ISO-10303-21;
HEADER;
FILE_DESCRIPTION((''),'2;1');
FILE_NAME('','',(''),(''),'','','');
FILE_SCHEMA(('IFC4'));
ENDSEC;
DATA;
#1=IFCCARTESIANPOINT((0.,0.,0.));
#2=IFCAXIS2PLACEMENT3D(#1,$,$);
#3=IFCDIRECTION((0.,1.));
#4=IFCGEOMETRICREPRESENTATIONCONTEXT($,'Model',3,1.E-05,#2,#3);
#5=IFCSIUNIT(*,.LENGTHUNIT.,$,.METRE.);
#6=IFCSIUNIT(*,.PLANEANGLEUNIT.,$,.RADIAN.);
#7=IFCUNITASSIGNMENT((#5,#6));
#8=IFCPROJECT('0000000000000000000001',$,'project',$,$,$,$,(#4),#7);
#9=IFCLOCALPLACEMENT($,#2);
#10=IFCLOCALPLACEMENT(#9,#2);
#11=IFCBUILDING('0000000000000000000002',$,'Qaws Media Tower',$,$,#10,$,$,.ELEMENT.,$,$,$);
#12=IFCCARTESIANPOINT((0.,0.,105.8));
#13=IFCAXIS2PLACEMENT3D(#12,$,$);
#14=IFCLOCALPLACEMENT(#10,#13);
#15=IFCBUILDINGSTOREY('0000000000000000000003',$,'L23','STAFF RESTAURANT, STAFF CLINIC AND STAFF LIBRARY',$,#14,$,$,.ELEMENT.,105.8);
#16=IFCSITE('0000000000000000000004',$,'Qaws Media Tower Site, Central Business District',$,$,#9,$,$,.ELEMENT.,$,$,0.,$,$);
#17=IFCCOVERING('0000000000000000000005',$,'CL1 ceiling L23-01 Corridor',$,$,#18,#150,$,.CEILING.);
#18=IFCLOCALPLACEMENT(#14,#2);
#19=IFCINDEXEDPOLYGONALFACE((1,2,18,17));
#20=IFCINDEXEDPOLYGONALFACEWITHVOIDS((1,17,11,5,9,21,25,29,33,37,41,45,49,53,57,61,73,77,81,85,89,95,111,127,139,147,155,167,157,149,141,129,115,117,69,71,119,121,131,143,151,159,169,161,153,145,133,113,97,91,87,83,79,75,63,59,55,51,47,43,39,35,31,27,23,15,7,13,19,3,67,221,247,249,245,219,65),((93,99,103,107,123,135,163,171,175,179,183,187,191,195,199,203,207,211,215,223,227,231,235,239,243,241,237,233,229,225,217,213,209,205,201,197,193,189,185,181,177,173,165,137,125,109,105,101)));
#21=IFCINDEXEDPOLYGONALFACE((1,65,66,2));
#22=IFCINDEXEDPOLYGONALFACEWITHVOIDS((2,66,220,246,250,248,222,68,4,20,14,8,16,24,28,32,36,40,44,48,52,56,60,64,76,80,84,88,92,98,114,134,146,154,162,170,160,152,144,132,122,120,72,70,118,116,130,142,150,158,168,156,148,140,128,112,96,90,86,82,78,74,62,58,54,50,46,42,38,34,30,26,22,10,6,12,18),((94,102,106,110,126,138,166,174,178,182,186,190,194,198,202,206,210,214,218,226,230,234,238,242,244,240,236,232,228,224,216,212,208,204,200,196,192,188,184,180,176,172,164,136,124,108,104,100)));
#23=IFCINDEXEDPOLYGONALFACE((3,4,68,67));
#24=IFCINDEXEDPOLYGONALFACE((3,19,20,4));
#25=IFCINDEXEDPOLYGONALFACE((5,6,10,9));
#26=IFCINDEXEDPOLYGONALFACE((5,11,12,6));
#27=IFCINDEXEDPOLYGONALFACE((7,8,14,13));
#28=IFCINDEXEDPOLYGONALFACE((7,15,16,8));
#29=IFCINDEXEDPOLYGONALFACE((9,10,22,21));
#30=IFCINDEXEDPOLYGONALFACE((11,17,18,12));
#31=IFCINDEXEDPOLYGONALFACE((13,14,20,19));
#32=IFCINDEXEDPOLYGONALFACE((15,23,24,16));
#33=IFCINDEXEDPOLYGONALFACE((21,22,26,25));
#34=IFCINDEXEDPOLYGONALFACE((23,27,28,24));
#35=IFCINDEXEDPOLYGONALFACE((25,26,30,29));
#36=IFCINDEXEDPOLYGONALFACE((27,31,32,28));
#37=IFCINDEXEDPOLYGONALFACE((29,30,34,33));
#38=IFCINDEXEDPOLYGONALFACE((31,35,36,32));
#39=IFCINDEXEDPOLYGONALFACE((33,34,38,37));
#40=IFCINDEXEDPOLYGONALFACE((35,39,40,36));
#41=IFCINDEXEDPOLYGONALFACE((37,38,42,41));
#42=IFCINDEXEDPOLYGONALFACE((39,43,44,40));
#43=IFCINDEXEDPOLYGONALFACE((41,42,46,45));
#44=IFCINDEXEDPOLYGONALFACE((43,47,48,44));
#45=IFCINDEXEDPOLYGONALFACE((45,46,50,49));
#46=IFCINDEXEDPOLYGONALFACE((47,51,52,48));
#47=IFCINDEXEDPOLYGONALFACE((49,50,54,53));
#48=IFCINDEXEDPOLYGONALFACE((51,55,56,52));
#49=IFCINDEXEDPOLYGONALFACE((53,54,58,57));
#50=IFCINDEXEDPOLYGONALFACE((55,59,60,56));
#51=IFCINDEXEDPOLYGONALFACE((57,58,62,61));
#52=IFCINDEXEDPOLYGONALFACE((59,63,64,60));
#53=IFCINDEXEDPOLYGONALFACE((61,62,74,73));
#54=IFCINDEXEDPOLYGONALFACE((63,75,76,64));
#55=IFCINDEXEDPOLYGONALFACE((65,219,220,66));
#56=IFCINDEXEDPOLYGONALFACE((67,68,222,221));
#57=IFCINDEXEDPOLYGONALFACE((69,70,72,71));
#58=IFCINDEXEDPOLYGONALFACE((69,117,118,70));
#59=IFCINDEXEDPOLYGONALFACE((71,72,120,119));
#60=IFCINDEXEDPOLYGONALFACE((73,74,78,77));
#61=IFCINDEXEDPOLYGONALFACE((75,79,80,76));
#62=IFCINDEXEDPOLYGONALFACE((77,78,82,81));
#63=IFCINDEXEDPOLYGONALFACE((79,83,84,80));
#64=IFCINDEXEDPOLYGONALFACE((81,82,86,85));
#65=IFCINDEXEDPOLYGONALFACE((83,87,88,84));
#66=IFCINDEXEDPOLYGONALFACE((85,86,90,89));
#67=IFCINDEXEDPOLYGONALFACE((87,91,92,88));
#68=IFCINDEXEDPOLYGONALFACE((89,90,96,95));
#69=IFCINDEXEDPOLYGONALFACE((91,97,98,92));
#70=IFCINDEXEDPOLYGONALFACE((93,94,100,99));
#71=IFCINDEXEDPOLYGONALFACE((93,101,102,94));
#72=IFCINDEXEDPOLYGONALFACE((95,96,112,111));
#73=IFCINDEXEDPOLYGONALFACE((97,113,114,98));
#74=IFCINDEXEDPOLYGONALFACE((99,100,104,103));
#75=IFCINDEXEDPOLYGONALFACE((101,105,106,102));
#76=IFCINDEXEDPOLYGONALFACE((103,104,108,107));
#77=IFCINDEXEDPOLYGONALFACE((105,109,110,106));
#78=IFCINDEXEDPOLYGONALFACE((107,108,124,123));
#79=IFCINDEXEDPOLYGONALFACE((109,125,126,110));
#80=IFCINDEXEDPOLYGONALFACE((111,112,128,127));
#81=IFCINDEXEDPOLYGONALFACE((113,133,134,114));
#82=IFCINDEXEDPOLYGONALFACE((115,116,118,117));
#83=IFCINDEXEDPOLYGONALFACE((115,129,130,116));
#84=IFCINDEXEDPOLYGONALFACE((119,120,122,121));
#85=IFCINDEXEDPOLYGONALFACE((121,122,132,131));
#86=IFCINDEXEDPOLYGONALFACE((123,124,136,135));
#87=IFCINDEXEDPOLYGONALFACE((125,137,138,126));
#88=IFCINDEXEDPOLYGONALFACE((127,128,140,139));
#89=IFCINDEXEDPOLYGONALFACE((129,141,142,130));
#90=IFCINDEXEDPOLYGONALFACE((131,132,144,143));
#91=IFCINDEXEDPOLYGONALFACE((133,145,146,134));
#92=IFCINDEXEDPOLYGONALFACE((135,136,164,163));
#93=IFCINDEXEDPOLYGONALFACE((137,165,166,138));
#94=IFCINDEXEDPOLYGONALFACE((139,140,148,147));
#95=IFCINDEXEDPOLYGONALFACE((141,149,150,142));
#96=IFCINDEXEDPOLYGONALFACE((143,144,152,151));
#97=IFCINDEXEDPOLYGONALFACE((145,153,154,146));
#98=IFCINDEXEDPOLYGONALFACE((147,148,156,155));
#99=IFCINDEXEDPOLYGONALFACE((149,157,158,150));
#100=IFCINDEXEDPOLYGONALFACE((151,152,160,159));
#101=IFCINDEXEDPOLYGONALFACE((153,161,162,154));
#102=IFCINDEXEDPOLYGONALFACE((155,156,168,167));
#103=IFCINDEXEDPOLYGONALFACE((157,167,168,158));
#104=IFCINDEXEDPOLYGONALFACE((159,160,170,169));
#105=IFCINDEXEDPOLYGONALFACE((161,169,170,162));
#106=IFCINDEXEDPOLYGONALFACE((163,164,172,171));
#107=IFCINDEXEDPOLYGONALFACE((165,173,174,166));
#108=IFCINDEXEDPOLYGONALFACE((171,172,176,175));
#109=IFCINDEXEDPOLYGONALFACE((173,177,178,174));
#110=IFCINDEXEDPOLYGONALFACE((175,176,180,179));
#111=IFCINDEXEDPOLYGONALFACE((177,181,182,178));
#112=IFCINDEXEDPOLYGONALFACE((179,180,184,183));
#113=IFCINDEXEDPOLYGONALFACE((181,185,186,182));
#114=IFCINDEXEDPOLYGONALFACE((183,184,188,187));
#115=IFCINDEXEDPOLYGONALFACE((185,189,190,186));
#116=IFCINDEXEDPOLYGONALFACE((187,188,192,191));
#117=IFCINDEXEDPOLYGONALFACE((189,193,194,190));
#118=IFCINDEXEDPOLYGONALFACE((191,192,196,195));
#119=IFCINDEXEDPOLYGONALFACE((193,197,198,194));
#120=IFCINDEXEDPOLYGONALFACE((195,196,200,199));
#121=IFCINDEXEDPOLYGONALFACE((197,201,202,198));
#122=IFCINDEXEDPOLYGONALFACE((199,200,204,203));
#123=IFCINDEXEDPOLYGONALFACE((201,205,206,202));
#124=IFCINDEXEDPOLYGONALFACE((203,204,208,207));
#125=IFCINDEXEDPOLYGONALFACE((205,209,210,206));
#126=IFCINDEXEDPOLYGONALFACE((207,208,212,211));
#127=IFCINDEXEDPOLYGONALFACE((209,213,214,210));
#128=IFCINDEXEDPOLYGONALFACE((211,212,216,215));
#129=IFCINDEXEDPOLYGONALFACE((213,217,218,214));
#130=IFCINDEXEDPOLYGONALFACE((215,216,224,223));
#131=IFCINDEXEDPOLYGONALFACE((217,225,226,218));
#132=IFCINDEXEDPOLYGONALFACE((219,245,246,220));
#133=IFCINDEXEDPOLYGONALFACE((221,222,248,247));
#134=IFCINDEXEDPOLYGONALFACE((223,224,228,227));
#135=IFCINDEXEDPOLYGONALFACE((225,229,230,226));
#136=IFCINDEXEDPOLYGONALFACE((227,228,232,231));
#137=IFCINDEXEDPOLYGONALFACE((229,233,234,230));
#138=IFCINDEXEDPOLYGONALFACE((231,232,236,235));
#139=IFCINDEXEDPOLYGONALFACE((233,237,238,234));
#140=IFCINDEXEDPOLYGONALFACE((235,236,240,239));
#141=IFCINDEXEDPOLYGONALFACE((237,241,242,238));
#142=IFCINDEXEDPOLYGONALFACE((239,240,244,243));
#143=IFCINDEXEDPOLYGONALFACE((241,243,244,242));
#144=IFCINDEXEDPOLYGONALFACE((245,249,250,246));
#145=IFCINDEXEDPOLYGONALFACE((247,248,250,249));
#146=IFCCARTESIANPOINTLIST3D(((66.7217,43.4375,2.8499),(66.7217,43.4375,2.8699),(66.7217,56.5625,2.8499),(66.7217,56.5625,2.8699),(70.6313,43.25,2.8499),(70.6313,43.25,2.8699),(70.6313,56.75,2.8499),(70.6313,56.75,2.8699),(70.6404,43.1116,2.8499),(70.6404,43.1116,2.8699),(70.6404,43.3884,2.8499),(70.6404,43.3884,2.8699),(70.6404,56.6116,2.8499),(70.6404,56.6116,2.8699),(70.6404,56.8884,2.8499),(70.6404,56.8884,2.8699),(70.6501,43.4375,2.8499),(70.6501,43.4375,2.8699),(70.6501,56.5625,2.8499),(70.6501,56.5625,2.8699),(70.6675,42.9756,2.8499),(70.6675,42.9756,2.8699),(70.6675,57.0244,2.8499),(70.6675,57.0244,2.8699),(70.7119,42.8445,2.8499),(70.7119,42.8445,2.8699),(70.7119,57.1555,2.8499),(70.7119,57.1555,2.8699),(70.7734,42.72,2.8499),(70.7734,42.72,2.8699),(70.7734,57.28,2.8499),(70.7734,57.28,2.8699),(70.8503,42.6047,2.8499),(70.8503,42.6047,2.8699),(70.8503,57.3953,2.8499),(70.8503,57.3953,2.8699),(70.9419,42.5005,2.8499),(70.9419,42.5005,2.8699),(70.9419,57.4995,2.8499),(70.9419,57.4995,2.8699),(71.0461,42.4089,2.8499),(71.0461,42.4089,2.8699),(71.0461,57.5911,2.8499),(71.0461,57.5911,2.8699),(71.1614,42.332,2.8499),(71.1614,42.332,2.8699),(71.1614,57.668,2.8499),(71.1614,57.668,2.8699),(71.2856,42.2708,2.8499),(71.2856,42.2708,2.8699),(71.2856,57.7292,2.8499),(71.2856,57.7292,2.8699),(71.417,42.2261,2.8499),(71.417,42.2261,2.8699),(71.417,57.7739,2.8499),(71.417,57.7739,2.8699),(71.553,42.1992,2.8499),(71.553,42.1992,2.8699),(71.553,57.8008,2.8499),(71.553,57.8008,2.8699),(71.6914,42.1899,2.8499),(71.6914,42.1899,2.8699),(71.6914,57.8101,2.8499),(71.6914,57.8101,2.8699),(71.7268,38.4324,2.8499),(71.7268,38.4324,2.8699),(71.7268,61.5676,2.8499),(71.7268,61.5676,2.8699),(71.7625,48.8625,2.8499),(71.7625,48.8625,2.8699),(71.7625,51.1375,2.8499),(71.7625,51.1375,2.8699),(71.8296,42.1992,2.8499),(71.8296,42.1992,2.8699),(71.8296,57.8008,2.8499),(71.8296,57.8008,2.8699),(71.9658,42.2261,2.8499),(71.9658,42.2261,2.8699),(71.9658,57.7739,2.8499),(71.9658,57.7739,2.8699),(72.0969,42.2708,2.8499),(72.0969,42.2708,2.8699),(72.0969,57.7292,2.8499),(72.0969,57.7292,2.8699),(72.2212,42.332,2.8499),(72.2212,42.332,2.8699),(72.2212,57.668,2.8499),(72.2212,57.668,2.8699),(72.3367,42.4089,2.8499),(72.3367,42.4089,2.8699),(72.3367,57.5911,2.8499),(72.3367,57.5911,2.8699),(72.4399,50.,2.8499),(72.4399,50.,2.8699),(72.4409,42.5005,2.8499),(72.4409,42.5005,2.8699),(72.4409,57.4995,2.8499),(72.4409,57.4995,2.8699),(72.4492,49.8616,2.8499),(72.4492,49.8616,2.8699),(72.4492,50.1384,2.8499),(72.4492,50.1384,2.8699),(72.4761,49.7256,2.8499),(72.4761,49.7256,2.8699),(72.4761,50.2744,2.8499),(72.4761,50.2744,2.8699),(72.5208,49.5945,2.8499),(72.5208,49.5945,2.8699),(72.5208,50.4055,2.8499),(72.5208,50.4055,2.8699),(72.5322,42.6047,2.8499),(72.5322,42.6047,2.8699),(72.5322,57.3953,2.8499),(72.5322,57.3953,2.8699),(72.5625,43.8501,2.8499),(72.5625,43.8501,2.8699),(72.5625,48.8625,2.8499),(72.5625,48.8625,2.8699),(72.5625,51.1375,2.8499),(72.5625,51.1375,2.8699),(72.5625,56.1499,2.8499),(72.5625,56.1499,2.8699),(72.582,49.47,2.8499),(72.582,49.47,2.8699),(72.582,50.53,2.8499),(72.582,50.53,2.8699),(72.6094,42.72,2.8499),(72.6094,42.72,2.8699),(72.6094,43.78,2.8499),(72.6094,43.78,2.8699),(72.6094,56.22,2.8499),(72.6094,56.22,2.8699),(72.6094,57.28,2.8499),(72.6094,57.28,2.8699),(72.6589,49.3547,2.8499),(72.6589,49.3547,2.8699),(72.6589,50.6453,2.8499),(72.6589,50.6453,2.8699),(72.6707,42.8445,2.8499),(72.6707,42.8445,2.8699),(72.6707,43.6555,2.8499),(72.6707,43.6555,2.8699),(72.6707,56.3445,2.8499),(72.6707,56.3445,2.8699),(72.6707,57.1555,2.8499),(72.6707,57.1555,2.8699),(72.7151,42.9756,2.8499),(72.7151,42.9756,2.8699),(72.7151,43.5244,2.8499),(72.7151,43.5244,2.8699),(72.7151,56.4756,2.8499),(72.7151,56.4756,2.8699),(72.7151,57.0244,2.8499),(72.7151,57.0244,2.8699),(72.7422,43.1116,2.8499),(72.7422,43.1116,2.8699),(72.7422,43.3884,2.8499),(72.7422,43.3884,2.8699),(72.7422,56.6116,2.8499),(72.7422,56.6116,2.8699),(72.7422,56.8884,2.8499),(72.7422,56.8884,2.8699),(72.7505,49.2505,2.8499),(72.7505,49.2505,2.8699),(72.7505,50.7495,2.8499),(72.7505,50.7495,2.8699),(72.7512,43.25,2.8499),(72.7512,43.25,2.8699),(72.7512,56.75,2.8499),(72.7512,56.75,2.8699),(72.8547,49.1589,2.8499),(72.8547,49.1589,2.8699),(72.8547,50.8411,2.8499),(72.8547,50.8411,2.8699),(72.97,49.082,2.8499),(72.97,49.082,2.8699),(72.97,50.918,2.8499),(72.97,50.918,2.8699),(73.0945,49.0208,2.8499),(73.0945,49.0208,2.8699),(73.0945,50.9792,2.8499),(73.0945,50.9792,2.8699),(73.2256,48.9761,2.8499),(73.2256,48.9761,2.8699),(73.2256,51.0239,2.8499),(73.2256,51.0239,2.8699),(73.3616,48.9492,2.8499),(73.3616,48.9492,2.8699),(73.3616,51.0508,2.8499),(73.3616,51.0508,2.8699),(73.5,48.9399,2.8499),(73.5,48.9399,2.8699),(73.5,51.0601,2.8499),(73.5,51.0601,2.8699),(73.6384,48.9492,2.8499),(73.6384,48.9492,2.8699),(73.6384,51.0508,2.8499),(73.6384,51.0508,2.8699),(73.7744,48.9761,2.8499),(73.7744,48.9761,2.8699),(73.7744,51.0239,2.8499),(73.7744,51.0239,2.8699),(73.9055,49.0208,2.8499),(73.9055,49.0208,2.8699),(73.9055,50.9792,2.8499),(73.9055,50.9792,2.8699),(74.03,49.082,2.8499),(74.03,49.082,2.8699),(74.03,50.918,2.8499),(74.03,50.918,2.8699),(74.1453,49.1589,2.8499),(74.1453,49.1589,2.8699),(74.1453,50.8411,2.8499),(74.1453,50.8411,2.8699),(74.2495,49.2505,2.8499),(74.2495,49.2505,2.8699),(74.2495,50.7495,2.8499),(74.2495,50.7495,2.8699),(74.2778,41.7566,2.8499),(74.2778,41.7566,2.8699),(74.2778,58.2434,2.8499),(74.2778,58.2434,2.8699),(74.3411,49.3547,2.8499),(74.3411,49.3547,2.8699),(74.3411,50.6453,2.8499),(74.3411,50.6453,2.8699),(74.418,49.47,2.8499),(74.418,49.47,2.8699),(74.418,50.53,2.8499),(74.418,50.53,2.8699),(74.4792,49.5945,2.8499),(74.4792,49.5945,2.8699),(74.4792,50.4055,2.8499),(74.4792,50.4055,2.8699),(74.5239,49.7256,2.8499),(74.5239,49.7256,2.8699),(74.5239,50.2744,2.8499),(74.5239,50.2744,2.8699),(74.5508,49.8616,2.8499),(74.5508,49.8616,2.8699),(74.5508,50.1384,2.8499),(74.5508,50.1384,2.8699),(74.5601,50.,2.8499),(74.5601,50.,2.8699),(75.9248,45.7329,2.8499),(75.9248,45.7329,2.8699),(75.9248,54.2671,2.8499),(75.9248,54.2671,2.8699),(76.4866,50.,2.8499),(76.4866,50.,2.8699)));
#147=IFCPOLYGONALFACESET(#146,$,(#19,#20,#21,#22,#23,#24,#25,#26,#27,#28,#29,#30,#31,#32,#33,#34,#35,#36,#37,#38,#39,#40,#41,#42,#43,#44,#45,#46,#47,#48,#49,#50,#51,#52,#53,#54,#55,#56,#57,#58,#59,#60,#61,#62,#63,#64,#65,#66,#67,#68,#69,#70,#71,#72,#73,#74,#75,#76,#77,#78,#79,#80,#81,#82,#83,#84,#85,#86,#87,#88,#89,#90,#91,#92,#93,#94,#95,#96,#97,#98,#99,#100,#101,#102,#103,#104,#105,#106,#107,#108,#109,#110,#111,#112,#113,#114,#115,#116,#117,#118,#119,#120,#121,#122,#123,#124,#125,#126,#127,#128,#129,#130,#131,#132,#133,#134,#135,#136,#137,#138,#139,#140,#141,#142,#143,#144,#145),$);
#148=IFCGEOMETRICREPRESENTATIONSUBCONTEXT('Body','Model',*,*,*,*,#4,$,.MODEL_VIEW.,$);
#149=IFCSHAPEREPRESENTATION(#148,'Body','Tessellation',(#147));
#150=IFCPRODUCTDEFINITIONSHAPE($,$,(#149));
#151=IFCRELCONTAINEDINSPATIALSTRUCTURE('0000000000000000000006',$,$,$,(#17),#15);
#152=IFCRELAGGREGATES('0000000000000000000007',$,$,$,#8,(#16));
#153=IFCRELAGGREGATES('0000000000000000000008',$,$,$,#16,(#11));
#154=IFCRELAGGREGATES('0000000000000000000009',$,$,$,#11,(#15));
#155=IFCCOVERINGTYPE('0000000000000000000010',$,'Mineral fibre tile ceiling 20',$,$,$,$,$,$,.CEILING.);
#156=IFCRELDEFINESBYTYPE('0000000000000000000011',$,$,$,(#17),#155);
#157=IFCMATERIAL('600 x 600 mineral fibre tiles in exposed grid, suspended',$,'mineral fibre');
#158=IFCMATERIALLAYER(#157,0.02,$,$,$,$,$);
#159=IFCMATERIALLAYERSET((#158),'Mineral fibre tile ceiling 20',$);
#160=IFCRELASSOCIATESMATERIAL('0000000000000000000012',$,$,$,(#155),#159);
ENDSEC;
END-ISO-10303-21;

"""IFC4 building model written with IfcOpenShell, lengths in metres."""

from ifc_helpers import new_model, si_unit, direction, frame, origin, place, context, subcontext, project, spatial, polyline, outline, extrude, material, layer, layer_set, type_object, element, save


model = new_model("IFC4")

# Units and contexts
model_context = context("Model", 3, precision=1e-05, world=origin(), true_north=direction((0.0, 1.0)))
body_context = subcontext(model_context, "Body", "Model", "MODEL_VIEW")
ifc_project = project(units=[si_unit("LENGTHUNIT", "METRE"), si_unit("PLANEANGLEUNIT", "RADIAN")], contexts=[model_context])

# Site, building, storey
site_placement = place(None, origin())
site = spatial("IfcSite", under=ifc_project, at=site_placement, Name="Qaws Media Tower Site, Central Business District", CompositionType="ELEMENT", RefElevation=0.0)
building_placement = place(site_placement, origin())
building = spatial("IfcBuilding", under=site, at=building_placement, Name="Qaws Media Tower", CompositionType="ELEMENT")
storey_placement = place(building_placement, frame((0.0, 0.0, 105.8)))
storey = spatial("IfcBuildingStorey", under=building, at=storey_placement, Name="L23", Description="STAFF RESTAURANT, STAFF CLINIC AND STAFF LIBRARY", CompositionType="ELEMENT", Elevation=105.8)

# Covering
ifc_material_1 = material(Name="600 x 600 mineral fibre tiles in exposed grid, suspended", Category="mineral fibre")
ifc_layer_1 = layer(ifc_material_1, 0.02)
ifc_layer_set_1 = layer_set([ifc_layer_1], Name="Mineral fibre tile ceiling 20")
covering_type_1 = type_object("IfcCoveringType", Name="Mineral fibre tile ceiling 20", PredefinedType="CEILING", material=ifc_layer_set_1)
covering_1_placement = place(storey_placement, frame((0.0, 0.0, 2.8499)))
element("IfcCovering", 1, at=covering_1_placement, inside=storey, type_object=covering_type_1, Name="CL1 ceiling L23-01 Corridor", PredefinedType="CEILING", context=body_context, shape_type="SweptSolid", body=[
    extrude(outline(polyline([(74.2778, 58.2434), (75.9248, 54.2671), (76.4866, 50.0), (75.9248, 45.7329), (74.2778, 41.7566), (71.7268, 38.4324), (66.7217, 43.4375), (70.6501, 43.4375), (70.6404, 43.3884), (70.6313, 43.25), (70.6404, 43.1116), (70.6675, 42.9756), (70.7119, 42.8445), (70.7734, 42.72), (70.8503, 42.6047), (70.9419, 42.5005), (71.0461, 42.4089), (71.1614, 42.332), (71.2856, 42.2708), (71.417, 42.2261), (71.553, 42.1992), (71.6914, 42.1899), (71.8296, 42.1992), (71.9658, 42.2261), (72.0969, 42.2708), (72.2212, 42.332), (72.3367, 42.4089), (72.4409, 42.5005), (72.5322, 42.6047), (72.6094, 42.72), (72.6707, 42.8445), (72.7151, 42.9756), (72.7422, 43.1116), (72.7512, 43.25), (72.7422, 43.3884), (72.7151, 43.5244), (72.6707, 43.6555), (72.6094, 43.78), (72.5625, 43.8501), (72.5625, 48.8625), (71.7625, 48.8625), (71.7625, 51.1375), (72.5625, 51.1375), (72.5625, 56.1499), (72.6094, 56.22), (72.6707, 56.3445), (72.7151, 56.4756), (72.7422, 56.6116), (72.7512, 56.75), (72.7422, 56.8884), (72.7151, 57.0244), (72.6707, 57.1555), (72.6094, 57.28), (72.5322, 57.3953), (72.4409, 57.4995), (72.3367, 57.5911), (72.2212, 57.668), (72.0969, 57.7292), (71.9658, 57.7739), (71.8296, 57.8008), (71.6914, 57.8101), (71.553, 57.8008), (71.417, 57.7739), (71.2856, 57.7292), (71.1614, 57.668), (71.0461, 57.5911), (70.9419, 57.4995), (70.8503, 57.3953), (70.7734, 57.28), (70.7119, 57.1555), (70.6675, 57.0244), (70.6404, 56.8884), (70.6313, 56.75), (70.6404, 56.6116), (70.6501, 56.5625), (66.7217, 56.5625), (71.7268, 61.5676), (74.2778, 58.2434)]), holes=[polyline([(74.5239, 49.7256), (74.5508, 49.8616), (74.5601, 50.0), (74.5508, 50.1384), (74.5239, 50.2744), (74.4792, 50.4055), (74.418, 50.53), (74.3411, 50.6453), (74.2495, 50.7495), (74.1453, 50.8411), (74.03, 50.918), (73.9055, 50.9792), (73.7744, 51.0239), (73.6384, 51.0508), (73.5, 51.0601), (73.3616, 51.0508), (73.2256, 51.0239), (73.0945, 50.9792), (72.97, 50.918), (72.8547, 50.8411), (72.7505, 50.7495), (72.6589, 50.6453), (72.582, 50.53), (72.5208, 50.4055), (72.4761, 50.2744), (72.4492, 50.1384), (72.4399, 50.0), (72.4492, 49.8616), (72.4761, 49.7256), (72.5208, 49.5945), (72.582, 49.47), (72.6589, 49.3547), (72.7505, 49.2505), (72.8547, 49.1589), (72.97, 49.082), (73.0945, 49.0208), (73.2256, 48.9761), (73.3616, 48.9492), (73.5, 48.9399), (73.6384, 48.9492), (73.7744, 48.9761), (73.9055, 49.0208), (74.03, 49.082), (74.1453, 49.1589), (74.2495, 49.2505), (74.3411, 49.3547), (74.418, 49.47), (74.4792, 49.5945), (74.5239, 49.7256)])]), origin(), (0.0, 0.0, 1.0), 0.02),
])

save(model, "model.ifc")
